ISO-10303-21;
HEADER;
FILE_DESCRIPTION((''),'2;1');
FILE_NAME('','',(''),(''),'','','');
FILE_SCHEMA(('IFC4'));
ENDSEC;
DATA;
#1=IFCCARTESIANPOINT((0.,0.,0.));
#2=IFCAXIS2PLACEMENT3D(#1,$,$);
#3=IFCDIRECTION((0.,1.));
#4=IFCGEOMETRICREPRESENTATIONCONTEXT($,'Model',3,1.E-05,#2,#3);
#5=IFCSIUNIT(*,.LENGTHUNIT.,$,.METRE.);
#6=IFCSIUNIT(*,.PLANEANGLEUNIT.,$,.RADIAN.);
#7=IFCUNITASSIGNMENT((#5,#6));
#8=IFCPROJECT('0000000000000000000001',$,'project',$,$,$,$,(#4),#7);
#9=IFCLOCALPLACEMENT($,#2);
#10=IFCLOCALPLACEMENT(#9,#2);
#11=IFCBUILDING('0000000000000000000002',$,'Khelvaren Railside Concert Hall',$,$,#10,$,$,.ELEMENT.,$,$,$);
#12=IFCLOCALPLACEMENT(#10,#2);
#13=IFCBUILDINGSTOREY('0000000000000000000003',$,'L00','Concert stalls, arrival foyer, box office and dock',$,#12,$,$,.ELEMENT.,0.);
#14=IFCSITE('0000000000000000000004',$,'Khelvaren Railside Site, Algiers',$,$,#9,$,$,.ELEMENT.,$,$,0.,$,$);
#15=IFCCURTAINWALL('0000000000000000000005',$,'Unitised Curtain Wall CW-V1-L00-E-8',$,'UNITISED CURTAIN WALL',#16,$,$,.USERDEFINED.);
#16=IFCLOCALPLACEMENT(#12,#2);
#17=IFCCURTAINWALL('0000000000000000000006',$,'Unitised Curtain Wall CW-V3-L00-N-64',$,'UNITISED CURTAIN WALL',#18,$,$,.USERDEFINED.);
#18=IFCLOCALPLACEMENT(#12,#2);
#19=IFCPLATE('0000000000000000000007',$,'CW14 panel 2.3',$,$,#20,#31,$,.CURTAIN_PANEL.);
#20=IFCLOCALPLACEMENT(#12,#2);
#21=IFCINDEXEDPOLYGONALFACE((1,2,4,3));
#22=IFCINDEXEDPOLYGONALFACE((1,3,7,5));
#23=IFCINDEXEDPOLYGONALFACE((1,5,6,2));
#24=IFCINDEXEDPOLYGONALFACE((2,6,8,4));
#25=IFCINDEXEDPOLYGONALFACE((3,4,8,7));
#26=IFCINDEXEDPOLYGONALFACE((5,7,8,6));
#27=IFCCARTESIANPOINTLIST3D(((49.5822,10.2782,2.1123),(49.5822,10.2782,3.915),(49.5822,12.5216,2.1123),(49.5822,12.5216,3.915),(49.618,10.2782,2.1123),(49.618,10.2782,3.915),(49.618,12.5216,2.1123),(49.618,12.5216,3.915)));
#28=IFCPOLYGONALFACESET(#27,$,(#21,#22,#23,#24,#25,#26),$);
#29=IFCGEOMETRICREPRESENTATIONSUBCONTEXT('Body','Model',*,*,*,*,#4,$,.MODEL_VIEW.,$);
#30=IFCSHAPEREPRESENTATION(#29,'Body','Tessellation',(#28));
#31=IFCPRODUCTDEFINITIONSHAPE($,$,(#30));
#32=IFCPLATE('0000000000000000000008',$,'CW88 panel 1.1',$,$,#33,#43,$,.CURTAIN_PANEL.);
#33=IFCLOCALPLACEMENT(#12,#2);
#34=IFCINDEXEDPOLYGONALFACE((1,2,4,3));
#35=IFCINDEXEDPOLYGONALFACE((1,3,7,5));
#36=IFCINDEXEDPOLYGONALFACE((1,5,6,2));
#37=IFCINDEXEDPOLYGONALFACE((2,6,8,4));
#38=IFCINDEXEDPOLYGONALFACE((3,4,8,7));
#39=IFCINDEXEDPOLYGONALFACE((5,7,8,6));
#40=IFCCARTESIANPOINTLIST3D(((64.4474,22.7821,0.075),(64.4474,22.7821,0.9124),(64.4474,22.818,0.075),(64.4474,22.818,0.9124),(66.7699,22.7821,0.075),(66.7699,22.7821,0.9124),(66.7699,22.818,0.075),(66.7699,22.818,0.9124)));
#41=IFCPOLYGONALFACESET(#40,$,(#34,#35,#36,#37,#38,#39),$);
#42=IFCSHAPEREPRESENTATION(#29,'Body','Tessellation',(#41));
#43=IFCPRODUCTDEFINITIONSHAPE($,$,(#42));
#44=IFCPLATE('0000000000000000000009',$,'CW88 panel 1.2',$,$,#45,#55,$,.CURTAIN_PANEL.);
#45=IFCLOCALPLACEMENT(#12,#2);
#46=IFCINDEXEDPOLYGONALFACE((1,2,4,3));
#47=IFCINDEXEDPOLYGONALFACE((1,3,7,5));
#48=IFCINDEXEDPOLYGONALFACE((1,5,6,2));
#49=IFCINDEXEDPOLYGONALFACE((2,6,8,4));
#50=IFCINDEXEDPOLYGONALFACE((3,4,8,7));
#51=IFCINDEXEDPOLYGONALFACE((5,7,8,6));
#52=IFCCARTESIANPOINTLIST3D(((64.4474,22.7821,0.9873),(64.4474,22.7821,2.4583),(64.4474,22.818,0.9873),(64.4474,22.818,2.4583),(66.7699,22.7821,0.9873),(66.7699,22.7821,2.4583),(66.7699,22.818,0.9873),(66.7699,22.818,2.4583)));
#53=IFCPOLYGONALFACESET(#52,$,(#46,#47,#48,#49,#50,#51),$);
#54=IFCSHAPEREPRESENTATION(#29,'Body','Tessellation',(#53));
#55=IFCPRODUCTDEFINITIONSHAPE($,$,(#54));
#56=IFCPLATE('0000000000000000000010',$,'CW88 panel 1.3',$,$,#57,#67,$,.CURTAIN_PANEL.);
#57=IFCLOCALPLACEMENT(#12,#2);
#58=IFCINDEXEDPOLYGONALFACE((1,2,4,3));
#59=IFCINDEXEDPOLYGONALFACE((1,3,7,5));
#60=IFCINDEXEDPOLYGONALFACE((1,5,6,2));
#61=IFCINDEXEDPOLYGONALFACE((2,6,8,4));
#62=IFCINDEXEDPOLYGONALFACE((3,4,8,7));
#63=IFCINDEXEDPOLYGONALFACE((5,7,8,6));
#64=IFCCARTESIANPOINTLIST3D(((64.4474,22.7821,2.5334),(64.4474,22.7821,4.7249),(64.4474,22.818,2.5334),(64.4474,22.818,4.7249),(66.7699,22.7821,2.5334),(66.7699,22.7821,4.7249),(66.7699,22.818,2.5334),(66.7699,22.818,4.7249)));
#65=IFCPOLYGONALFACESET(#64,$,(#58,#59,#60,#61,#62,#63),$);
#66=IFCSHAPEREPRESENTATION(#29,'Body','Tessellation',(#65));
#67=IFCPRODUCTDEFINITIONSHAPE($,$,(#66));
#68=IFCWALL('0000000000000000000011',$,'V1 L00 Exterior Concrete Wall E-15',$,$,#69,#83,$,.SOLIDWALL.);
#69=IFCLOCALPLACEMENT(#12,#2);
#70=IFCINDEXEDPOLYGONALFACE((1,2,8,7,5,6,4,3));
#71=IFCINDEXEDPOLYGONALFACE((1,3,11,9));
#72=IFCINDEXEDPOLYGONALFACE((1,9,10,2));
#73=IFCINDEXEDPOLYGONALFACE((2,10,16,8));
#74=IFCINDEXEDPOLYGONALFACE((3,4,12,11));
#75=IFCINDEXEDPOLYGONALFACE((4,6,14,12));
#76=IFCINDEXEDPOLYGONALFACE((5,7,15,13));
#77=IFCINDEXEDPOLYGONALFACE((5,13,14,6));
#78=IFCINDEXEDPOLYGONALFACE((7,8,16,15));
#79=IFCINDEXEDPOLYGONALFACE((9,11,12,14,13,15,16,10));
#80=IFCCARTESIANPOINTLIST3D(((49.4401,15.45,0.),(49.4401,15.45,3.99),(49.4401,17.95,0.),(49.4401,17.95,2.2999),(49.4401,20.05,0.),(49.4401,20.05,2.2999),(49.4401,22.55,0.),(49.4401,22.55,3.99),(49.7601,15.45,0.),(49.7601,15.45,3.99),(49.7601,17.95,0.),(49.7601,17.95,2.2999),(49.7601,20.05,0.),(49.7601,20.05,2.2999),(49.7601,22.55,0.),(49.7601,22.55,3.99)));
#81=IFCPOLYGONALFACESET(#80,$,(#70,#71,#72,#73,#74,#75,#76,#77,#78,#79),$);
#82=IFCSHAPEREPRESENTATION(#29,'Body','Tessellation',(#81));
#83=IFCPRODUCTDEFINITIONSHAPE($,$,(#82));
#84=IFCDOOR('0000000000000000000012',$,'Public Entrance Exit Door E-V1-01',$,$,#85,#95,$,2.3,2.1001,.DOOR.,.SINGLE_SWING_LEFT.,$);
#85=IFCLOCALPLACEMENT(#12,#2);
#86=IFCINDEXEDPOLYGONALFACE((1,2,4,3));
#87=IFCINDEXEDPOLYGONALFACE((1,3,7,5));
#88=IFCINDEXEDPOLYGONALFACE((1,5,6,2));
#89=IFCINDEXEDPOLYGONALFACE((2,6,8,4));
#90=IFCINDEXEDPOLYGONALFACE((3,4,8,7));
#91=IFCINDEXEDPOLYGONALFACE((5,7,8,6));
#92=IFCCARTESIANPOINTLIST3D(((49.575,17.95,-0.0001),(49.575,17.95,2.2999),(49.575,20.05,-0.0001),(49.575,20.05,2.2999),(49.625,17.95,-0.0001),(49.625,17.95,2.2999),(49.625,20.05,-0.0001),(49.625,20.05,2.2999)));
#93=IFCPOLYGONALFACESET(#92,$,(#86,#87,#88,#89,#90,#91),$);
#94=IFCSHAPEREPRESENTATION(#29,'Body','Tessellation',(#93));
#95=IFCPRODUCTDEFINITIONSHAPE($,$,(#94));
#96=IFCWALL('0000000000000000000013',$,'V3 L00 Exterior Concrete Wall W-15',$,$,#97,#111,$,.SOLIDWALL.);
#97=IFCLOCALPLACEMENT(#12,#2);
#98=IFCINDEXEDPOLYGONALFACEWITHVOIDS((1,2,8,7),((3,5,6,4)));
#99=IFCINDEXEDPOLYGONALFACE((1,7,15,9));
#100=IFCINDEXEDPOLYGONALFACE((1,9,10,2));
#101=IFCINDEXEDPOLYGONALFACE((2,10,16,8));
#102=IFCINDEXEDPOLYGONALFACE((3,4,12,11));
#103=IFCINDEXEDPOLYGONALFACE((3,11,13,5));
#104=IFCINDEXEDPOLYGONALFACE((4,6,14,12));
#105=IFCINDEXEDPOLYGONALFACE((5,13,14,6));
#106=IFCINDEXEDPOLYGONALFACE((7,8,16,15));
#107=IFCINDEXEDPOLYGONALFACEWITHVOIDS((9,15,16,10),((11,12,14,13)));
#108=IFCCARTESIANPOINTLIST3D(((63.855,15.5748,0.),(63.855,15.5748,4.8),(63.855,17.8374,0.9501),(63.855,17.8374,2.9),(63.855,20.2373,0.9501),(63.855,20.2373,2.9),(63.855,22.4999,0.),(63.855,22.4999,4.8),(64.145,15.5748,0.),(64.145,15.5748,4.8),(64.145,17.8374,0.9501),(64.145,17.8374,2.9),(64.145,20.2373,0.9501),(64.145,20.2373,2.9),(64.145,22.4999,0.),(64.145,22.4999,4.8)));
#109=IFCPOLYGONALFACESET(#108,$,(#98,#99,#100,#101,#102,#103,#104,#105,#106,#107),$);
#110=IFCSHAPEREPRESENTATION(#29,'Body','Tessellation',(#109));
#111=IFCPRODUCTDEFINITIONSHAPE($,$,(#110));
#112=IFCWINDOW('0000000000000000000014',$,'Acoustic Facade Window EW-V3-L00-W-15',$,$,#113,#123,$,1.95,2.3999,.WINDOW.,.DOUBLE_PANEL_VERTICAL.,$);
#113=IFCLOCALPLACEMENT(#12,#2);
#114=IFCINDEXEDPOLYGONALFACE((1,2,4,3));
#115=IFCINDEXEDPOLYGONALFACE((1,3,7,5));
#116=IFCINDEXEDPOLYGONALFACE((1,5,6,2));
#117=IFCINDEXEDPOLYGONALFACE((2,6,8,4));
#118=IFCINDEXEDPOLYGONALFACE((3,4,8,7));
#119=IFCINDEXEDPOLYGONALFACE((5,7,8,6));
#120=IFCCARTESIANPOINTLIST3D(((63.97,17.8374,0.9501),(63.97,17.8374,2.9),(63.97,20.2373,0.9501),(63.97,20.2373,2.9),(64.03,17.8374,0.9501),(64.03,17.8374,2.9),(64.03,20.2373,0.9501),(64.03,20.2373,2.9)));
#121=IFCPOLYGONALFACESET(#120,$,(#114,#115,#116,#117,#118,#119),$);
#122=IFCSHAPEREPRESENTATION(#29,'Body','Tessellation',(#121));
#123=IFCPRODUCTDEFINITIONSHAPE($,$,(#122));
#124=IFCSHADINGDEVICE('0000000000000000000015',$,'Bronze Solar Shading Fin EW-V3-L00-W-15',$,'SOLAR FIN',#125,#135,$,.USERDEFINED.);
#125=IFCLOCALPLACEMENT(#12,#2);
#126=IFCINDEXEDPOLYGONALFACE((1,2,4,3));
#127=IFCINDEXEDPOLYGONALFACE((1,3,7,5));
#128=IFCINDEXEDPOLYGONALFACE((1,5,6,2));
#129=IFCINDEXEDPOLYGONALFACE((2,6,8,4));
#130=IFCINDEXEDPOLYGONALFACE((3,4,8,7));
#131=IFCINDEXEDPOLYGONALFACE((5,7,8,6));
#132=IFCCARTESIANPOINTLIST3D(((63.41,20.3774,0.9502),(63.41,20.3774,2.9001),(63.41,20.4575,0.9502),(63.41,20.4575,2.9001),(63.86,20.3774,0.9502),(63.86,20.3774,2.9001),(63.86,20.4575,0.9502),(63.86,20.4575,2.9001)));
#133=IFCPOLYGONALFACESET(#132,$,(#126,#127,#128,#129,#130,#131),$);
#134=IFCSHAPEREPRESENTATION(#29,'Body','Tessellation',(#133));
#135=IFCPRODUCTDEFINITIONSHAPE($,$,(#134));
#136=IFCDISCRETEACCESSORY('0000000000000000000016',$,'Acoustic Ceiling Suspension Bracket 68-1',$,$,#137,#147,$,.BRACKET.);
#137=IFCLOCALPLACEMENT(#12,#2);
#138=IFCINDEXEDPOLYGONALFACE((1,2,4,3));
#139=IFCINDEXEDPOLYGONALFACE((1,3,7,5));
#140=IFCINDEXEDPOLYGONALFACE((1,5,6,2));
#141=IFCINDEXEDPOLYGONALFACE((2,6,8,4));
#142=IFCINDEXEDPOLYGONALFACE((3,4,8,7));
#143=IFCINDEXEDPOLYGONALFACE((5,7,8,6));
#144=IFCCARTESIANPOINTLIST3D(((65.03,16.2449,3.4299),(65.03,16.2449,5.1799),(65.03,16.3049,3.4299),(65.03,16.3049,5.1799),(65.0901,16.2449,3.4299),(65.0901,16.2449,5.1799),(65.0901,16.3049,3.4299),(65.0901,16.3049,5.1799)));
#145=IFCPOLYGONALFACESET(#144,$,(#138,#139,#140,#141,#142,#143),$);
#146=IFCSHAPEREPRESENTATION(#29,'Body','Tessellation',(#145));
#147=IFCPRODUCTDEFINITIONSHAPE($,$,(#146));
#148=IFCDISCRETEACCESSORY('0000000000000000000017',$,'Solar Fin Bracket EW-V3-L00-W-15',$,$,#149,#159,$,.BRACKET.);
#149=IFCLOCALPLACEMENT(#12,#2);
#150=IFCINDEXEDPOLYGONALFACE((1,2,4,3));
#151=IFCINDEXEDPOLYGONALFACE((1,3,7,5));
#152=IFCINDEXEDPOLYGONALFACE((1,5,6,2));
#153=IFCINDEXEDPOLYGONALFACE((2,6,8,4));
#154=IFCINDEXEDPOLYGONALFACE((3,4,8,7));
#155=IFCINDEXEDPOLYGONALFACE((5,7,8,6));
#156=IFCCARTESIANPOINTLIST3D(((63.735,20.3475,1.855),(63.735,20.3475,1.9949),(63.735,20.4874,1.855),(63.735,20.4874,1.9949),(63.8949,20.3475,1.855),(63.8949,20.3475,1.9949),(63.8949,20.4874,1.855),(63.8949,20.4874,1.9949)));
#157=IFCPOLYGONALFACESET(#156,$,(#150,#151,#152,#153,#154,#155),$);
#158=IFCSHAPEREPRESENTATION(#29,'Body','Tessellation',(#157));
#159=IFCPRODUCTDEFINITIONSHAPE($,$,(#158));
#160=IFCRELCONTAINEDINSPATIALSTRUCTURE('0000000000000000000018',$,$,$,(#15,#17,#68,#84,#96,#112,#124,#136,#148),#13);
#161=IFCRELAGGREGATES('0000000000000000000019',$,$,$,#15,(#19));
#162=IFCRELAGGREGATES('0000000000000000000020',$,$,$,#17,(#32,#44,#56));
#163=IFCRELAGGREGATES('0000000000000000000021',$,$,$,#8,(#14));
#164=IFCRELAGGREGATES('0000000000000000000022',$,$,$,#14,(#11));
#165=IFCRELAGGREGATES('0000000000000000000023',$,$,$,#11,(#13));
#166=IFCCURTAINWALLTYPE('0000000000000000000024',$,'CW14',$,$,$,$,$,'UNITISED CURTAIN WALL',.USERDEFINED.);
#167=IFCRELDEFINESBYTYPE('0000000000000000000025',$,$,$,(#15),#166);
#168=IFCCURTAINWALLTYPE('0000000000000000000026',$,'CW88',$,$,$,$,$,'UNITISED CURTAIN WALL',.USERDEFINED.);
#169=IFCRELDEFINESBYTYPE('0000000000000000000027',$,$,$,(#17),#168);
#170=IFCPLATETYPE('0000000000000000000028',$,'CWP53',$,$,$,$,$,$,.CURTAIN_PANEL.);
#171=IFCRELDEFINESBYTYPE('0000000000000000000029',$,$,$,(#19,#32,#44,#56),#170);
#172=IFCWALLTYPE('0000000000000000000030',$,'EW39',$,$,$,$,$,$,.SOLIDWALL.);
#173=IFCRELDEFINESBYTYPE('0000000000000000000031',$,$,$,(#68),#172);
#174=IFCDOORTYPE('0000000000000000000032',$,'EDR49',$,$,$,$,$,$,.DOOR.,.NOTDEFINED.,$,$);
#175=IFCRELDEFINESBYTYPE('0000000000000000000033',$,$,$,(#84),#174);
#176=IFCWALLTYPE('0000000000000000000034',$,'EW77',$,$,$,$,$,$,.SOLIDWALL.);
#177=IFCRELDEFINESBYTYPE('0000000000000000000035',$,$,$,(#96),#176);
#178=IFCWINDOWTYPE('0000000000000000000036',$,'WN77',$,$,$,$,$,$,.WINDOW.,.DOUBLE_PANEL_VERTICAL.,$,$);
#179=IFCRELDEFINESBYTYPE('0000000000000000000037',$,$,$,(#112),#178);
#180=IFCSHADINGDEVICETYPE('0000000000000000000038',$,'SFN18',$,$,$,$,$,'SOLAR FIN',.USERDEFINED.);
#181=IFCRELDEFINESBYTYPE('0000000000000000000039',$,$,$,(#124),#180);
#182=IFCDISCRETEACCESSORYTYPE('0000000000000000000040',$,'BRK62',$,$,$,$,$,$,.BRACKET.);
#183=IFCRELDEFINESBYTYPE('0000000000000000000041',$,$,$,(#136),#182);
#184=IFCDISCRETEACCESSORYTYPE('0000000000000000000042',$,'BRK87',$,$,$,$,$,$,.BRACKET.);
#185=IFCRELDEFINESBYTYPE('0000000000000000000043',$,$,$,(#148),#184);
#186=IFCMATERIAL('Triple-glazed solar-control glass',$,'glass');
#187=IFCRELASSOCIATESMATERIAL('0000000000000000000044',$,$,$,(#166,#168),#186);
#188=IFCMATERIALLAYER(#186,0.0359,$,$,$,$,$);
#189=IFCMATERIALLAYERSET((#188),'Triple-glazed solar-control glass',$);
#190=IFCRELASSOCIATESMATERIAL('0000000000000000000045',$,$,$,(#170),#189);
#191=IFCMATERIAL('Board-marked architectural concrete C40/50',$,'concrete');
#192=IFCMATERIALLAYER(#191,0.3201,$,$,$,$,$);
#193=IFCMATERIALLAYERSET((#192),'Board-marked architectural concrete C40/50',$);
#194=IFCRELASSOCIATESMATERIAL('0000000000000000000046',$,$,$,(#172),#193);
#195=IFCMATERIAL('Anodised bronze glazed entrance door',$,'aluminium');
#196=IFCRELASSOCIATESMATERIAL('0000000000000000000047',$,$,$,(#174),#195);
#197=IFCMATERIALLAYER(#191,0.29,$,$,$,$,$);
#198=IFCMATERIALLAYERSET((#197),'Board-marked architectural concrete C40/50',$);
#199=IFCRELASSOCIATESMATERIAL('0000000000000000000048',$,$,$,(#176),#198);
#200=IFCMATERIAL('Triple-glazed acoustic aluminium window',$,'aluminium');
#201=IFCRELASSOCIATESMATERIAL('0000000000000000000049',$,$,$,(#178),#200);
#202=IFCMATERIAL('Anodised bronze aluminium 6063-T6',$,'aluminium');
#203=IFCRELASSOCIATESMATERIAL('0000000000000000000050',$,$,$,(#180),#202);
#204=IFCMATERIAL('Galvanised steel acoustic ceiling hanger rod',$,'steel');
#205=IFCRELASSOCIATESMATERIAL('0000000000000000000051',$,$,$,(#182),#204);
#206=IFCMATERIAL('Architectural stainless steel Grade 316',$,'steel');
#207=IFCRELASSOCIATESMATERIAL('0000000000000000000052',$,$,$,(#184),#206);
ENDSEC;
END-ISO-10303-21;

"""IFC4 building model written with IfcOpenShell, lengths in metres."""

from ifc_helpers import new_model, si_unit, direction, frame, frame_2d, origin, origin_2d, place, context, subcontext, project, spatial, rectangle, extrude, material, layer, layer_set, type_object, element, fill, aggregate, save


model = new_model("IFC4")

# Units and contexts
model_context = context("Model", 3, precision=1e-05, world=origin(), true_north=direction((0.0, 1.0)))
body_context = subcontext(model_context, "Body", "Model", "MODEL_VIEW")
ifc_project = project(units=[si_unit("LENGTHUNIT", "METRE"), si_unit("PLANEANGLEUNIT", "RADIAN")], contexts=[model_context])

# Site, building, storey
site_placement = place(None, origin())
site = spatial("IfcSite", under=ifc_project, at=site_placement, Name="Khelvaren Railside Site, Algiers", CompositionType="ELEMENT", RefElevation=0.0)
building_placement = place(site_placement, origin())
building = spatial("IfcBuilding", under=site, at=building_placement, Name="Khelvaren Railside Concert Hall", CompositionType="ELEMENT")
storey_placement = place(building_placement, origin())
storey = spatial("IfcBuildingStorey", under=building, at=storey_placement, Name="L00", Description="Concert stalls, arrival foyer, box office and dock", CompositionType="ELEMENT", Elevation=0.0)

# Curtain wall
ifc_material_1 = material(Name="Triple-glazed solar-control glass", Category="glass")
curtain_wall_type_1 = type_object("IfcCurtainWallType", Name="CW14", ElementType="UNITISED CURTAIN WALL", PredefinedType="USERDEFINED", material=ifc_material_1)
curtain_wall_1_placement = place(storey_placement, origin())
curtain_wall_1 = element("IfcCurtainWall", 1, at=curtain_wall_1_placement, inside=storey, type_object=curtain_wall_type_1, Name="Unitised Curtain Wall CW-V1-L00-E-8", ObjectType="UNITISED CURTAIN WALL", PredefinedType="USERDEFINED")

# Curtain wall
curtain_wall_type_2 = type_object("IfcCurtainWallType", Name="CW88", ElementType="UNITISED CURTAIN WALL", PredefinedType="USERDEFINED", material=ifc_material_1)
curtain_wall_2_placement = place(storey_placement, origin())
curtain_wall_2 = element("IfcCurtainWall", 2, at=curtain_wall_2_placement, inside=storey, type_object=curtain_wall_type_2, Name="Unitised Curtain Wall CW-V3-L00-N-64", ObjectType="UNITISED CURTAIN WALL", PredefinedType="USERDEFINED")

# Plates
ifc_layer_1 = layer(ifc_material_1, 0.0359)
ifc_layer_set_1 = layer_set([ifc_layer_1], Name="Triple-glazed solar-control glass")
plate_type = type_object("IfcPlateType", Name="CWP53", PredefinedType="CURTAIN_PANEL", material=ifc_layer_set_1)
plate_1_placement = place(storey_placement, frame((49.6001, 11.3999, 2.1123), z_axis=(0.0, 0.0, 1.0), x_axis=(0.0, -1.0, 0.0)))
plate_1 = element("IfcPlate", 3, at=plate_1_placement, type_object=plate_type, Name="CW14 panel 2.3", PredefinedType="CURTAIN_PANEL", context=body_context, shape_type="SweptSolid", body=[
    extrude(rectangle(XDim=2.2434, YDim=0.0359, at=origin_2d()), origin(), (0.0, 0.0, 1.0), 1.8027),
])
aggregate(curtain_wall_1, [plate_1])
plate_2_placement = place(storey_placement, frame((65.6086, 22.8, 0.075), z_axis=(0.0, 0.0, 1.0), x_axis=(1.0, 0.0, 0.0)))
plate_2 = element("IfcPlate", 4, at=plate_2_placement, type_object=plate_type, Name="CW88 panel 1.1", PredefinedType="CURTAIN_PANEL", context=body_context, shape_type="SweptSolid", body=[
    extrude(rectangle(XDim=2.3225, YDim=0.0359, at=origin_2d()), origin(), (0.0, 0.0, 1.0), 0.8374),
])
plate_3_placement = place(storey_placement, frame((65.6086, 22.8, 0.9873), z_axis=(0.0, 0.0, 1.0), x_axis=(1.0, 0.0, 0.0)))
plate_3 = element("IfcPlate", 5, at=plate_3_placement, type_object=plate_type, Name="CW88 panel 1.2", PredefinedType="CURTAIN_PANEL", context=body_context, shape_type="SweptSolid", body=[
    extrude(rectangle(XDim=2.3225, YDim=0.0359, at=origin_2d()), origin(), (0.0, 0.0, 1.0), 1.4709),
])
plate_4_placement = place(storey_placement, frame((65.6086, 22.8, 2.5334), z_axis=(0.0, 0.0, 1.0), x_axis=(1.0, 0.0, 0.0)))
plate_4 = element("IfcPlate", 6, at=plate_4_placement, type_object=plate_type, Name="CW88 panel 1.3", PredefinedType="CURTAIN_PANEL", context=body_context, shape_type="SweptSolid", body=[
    extrude(rectangle(XDim=2.3225, YDim=0.0359, at=origin_2d()), origin(), (0.0, 0.0, 1.0), 2.1914),
])
aggregate(curtain_wall_2, [plate_2, plate_3, plate_4])

# Wall, opening, door
ifc_material_2 = material(Name="Board-marked architectural concrete C40/50", Category="concrete")
ifc_layer_2 = layer(ifc_material_2, 0.3201)
ifc_layer_set_2 = layer_set([ifc_layer_2], Name="Board-marked architectural concrete C40/50")
wall_type_1 = type_object("IfcWallType", Name="EW39", PredefinedType="SOLIDWALL", material=ifc_layer_set_2)
wall_1_placement = place(storey_placement, frame((49.6001, 22.55, 0.0), z_axis=(0.0, 0.0, 1.0), x_axis=(0.0, -1.0, 0.0)))
wall_1 = element("IfcWall", 7, at=wall_1_placement, inside=storey, type_object=wall_type_1, Name="V1 L00 Exterior Concrete Wall E-15", PredefinedType="SOLIDWALL", context=body_context, shape_type="SweptSolid", body=[
    extrude(rectangle(XDim=7.1001, YDim=0.3201, at=frame_2d((3.55, 0.0))), origin(), (0.0, 0.0, 1.0), 3.99),
])
opening_1_placement = place(wall_1_placement, frame((2.5, 0.0, 0.0)))
opening_1 = element("IfcOpeningElement", 8, at=opening_1_placement, cuts=wall_1, PredefinedType="OPENING", context=body_context, shape_type="SweptSolid", body=[
    extrude(rectangle(XDim=2.1001, YDim=2.3, at=frame_2d((1.05, 1.1499))), frame((0.0, 0.1699, 0.0), z_axis=(0.0, -1.0, 0.0), x_axis=(1.0, 0.0, 0.0)), (0.0, 0.0, 1.0), 0.3401),
])
ifc_material_3 = material(Name="Anodised bronze glazed entrance door", Category="aluminium")
door_type = type_object("IfcDoorType", Name="EDR49", OperationType="NOTDEFINED", PredefinedType="DOOR", material=ifc_material_3)
door_placement = place(opening_1_placement, origin())
door = element("IfcDoor", 9, at=door_placement, inside=storey, type_object=door_type, Name="Public Entrance Exit Door E-V1-01", OperationType="SINGLE_SWING_LEFT", OverallHeight=2.3, OverallWidth=2.1001, PredefinedType="DOOR", context=body_context, shape_type="SweptSolid", body=[
    extrude(rectangle(XDim=2.1001, YDim=2.3, at=frame_2d((1.05, 1.1499))), frame((0.0, 0.0249, 0.0), z_axis=(0.0, -1.0, 0.0), x_axis=(1.0, 0.0, 0.0)), (0.0, 0.0, 1.0), 0.05),
])
fill(opening_1, door)

# Wall, opening, window
ifc_layer_3 = layer(ifc_material_2, 0.29)
ifc_layer_set_3 = layer_set([ifc_layer_3], Name="Board-marked architectural concrete C40/50")
wall_type_2 = type_object("IfcWallType", Name="EW77", PredefinedType="SOLIDWALL", material=ifc_layer_set_3)
wall_2_placement = place(storey_placement, frame((64.0, 15.575, 0.0), z_axis=(0.0, 0.0, 1.0), x_axis=(0.0, 1.0, 0.0)))
wall_2 = element("IfcWall", 10, at=wall_2_placement, inside=storey, type_object=wall_type_2, Name="V3 L00 Exterior Concrete Wall W-15", PredefinedType="SOLIDWALL", context=body_context, shape_type="SweptSolid", body=[
    extrude(rectangle(XDim=6.925, YDim=0.29, at=frame_2d((3.4624, 0.0))), origin(), (0.0, 0.0, 1.0), 4.8),
])
opening_2_placement = place(wall_2_placement, frame((2.2625, 0.0, 0.95)))
opening_2 = element("IfcOpeningElement", 11, at=opening_2_placement, cuts=wall_2, PredefinedType="OPENING", context=body_context, shape_type="SweptSolid", body=[
    extrude(rectangle(XDim=2.3999, YDim=1.95, at=frame_2d((1.2, 0.9751))), frame((0.0, 0.155, 0.0), z_axis=(0.0, -1.0, 0.0), x_axis=(1.0, 0.0, 0.0)), (0.0, 0.0, 1.0), 0.3101),
])
ifc_material_4 = material(Name="Triple-glazed acoustic aluminium window", Category="aluminium")
window_type = type_object("IfcWindowType", Name="WN77", PartitioningType="DOUBLE_PANEL_VERTICAL", PredefinedType="WINDOW", material=ifc_material_4)
window_placement = place(opening_2_placement, origin())
window = element("IfcWindow", 12, at=window_placement, inside=storey, type_object=window_type, Name="Acoustic Facade Window EW-V3-L00-W-15", OverallHeight=1.95, OverallWidth=2.3999, PartitioningType="DOUBLE_PANEL_VERTICAL", PredefinedType="WINDOW", context=body_context, shape_type="SweptSolid", body=[
    extrude(rectangle(XDim=2.3999, YDim=1.95, at=frame_2d((1.2, 0.9751))), frame((0.0, 0.03, 0.0), z_axis=(0.0, -1.0, 0.0), x_axis=(1.0, 0.0, 0.0)), (0.0, 0.0, 1.0), 0.0601),
])
fill(opening_2, window)

# Shading device
ifc_material_5 = material(Name="Anodised bronze aluminium 6063-T6", Category="aluminium")
shading_device_type = type_object("IfcShadingDeviceType", Name="SFN18", ElementType="SOLAR FIN", PredefinedType="USERDEFINED", material=ifc_material_5)
shading_device_placement = place(storey_placement, frame((63.635, 20.4175, 0.9502), z_axis=(0.0, 0.0, 1.0), x_axis=(0.0, 1.0, 0.0)))
element("IfcShadingDevice", 13, at=shading_device_placement, inside=storey, type_object=shading_device_type, Name="Bronze Solar Shading Fin EW-V3-L00-W-15", ObjectType="SOLAR FIN", PredefinedType="USERDEFINED", context=body_context, shape_type="SweptSolid", body=[
    extrude(rectangle(XDim=0.0801, YDim=0.45, at=origin_2d()), origin(), (0.0, 0.0, 1.0), 1.95),
])

# Discrete accessories
ifc_material_6 = material(Name="Galvanised steel acoustic ceiling hanger rod", Category="steel")
discrete_accessory_type_1 = type_object("IfcDiscreteAccessoryType", Name="BRK62", PredefinedType="BRACKET", material=ifc_material_6)
discrete_accessory_1_placement = place(storey_placement, frame((65.0601, 16.2749, 3.4299), z_axis=(0.0, 0.0, 1.0), x_axis=(1.0, 0.0, 0.0)))
element("IfcDiscreteAccessory", 14, at=discrete_accessory_1_placement, inside=storey, type_object=discrete_accessory_type_1, Name="Acoustic Ceiling Suspension Bracket 68-1", PredefinedType="BRACKET", context=body_context, shape_type="SweptSolid", body=[
    extrude(rectangle(XDim=0.0601, YDim=0.0601, at=origin_2d()), origin(), (0.0, 0.0, 1.0), 1.75),
])
ifc_material_7 = material(Name="Architectural stainless steel Grade 316", Category="steel")
discrete_accessory_type_2 = type_object("IfcDiscreteAccessoryType", Name="BRK87", PredefinedType="BRACKET", material=ifc_material_7)
discrete_accessory_2_placement = place(storey_placement, frame((63.8149, 20.4175, 1.855), z_axis=(0.0, 0.0, 1.0), x_axis=(0.0, 1.0, 0.0)))
element("IfcDiscreteAccessory", 15, at=discrete_accessory_2_placement, inside=storey, type_object=discrete_accessory_type_2, Name="Solar Fin Bracket EW-V3-L00-W-15", PredefinedType="BRACKET", context=body_context, shape_type="SweptSolid", body=[
    extrude(rectangle(XDim=0.1399, YDim=0.1599, at=origin_2d()), origin(), (0.0, 0.0, 1.0), 0.1399),
])

save(model, "model.ifc")
